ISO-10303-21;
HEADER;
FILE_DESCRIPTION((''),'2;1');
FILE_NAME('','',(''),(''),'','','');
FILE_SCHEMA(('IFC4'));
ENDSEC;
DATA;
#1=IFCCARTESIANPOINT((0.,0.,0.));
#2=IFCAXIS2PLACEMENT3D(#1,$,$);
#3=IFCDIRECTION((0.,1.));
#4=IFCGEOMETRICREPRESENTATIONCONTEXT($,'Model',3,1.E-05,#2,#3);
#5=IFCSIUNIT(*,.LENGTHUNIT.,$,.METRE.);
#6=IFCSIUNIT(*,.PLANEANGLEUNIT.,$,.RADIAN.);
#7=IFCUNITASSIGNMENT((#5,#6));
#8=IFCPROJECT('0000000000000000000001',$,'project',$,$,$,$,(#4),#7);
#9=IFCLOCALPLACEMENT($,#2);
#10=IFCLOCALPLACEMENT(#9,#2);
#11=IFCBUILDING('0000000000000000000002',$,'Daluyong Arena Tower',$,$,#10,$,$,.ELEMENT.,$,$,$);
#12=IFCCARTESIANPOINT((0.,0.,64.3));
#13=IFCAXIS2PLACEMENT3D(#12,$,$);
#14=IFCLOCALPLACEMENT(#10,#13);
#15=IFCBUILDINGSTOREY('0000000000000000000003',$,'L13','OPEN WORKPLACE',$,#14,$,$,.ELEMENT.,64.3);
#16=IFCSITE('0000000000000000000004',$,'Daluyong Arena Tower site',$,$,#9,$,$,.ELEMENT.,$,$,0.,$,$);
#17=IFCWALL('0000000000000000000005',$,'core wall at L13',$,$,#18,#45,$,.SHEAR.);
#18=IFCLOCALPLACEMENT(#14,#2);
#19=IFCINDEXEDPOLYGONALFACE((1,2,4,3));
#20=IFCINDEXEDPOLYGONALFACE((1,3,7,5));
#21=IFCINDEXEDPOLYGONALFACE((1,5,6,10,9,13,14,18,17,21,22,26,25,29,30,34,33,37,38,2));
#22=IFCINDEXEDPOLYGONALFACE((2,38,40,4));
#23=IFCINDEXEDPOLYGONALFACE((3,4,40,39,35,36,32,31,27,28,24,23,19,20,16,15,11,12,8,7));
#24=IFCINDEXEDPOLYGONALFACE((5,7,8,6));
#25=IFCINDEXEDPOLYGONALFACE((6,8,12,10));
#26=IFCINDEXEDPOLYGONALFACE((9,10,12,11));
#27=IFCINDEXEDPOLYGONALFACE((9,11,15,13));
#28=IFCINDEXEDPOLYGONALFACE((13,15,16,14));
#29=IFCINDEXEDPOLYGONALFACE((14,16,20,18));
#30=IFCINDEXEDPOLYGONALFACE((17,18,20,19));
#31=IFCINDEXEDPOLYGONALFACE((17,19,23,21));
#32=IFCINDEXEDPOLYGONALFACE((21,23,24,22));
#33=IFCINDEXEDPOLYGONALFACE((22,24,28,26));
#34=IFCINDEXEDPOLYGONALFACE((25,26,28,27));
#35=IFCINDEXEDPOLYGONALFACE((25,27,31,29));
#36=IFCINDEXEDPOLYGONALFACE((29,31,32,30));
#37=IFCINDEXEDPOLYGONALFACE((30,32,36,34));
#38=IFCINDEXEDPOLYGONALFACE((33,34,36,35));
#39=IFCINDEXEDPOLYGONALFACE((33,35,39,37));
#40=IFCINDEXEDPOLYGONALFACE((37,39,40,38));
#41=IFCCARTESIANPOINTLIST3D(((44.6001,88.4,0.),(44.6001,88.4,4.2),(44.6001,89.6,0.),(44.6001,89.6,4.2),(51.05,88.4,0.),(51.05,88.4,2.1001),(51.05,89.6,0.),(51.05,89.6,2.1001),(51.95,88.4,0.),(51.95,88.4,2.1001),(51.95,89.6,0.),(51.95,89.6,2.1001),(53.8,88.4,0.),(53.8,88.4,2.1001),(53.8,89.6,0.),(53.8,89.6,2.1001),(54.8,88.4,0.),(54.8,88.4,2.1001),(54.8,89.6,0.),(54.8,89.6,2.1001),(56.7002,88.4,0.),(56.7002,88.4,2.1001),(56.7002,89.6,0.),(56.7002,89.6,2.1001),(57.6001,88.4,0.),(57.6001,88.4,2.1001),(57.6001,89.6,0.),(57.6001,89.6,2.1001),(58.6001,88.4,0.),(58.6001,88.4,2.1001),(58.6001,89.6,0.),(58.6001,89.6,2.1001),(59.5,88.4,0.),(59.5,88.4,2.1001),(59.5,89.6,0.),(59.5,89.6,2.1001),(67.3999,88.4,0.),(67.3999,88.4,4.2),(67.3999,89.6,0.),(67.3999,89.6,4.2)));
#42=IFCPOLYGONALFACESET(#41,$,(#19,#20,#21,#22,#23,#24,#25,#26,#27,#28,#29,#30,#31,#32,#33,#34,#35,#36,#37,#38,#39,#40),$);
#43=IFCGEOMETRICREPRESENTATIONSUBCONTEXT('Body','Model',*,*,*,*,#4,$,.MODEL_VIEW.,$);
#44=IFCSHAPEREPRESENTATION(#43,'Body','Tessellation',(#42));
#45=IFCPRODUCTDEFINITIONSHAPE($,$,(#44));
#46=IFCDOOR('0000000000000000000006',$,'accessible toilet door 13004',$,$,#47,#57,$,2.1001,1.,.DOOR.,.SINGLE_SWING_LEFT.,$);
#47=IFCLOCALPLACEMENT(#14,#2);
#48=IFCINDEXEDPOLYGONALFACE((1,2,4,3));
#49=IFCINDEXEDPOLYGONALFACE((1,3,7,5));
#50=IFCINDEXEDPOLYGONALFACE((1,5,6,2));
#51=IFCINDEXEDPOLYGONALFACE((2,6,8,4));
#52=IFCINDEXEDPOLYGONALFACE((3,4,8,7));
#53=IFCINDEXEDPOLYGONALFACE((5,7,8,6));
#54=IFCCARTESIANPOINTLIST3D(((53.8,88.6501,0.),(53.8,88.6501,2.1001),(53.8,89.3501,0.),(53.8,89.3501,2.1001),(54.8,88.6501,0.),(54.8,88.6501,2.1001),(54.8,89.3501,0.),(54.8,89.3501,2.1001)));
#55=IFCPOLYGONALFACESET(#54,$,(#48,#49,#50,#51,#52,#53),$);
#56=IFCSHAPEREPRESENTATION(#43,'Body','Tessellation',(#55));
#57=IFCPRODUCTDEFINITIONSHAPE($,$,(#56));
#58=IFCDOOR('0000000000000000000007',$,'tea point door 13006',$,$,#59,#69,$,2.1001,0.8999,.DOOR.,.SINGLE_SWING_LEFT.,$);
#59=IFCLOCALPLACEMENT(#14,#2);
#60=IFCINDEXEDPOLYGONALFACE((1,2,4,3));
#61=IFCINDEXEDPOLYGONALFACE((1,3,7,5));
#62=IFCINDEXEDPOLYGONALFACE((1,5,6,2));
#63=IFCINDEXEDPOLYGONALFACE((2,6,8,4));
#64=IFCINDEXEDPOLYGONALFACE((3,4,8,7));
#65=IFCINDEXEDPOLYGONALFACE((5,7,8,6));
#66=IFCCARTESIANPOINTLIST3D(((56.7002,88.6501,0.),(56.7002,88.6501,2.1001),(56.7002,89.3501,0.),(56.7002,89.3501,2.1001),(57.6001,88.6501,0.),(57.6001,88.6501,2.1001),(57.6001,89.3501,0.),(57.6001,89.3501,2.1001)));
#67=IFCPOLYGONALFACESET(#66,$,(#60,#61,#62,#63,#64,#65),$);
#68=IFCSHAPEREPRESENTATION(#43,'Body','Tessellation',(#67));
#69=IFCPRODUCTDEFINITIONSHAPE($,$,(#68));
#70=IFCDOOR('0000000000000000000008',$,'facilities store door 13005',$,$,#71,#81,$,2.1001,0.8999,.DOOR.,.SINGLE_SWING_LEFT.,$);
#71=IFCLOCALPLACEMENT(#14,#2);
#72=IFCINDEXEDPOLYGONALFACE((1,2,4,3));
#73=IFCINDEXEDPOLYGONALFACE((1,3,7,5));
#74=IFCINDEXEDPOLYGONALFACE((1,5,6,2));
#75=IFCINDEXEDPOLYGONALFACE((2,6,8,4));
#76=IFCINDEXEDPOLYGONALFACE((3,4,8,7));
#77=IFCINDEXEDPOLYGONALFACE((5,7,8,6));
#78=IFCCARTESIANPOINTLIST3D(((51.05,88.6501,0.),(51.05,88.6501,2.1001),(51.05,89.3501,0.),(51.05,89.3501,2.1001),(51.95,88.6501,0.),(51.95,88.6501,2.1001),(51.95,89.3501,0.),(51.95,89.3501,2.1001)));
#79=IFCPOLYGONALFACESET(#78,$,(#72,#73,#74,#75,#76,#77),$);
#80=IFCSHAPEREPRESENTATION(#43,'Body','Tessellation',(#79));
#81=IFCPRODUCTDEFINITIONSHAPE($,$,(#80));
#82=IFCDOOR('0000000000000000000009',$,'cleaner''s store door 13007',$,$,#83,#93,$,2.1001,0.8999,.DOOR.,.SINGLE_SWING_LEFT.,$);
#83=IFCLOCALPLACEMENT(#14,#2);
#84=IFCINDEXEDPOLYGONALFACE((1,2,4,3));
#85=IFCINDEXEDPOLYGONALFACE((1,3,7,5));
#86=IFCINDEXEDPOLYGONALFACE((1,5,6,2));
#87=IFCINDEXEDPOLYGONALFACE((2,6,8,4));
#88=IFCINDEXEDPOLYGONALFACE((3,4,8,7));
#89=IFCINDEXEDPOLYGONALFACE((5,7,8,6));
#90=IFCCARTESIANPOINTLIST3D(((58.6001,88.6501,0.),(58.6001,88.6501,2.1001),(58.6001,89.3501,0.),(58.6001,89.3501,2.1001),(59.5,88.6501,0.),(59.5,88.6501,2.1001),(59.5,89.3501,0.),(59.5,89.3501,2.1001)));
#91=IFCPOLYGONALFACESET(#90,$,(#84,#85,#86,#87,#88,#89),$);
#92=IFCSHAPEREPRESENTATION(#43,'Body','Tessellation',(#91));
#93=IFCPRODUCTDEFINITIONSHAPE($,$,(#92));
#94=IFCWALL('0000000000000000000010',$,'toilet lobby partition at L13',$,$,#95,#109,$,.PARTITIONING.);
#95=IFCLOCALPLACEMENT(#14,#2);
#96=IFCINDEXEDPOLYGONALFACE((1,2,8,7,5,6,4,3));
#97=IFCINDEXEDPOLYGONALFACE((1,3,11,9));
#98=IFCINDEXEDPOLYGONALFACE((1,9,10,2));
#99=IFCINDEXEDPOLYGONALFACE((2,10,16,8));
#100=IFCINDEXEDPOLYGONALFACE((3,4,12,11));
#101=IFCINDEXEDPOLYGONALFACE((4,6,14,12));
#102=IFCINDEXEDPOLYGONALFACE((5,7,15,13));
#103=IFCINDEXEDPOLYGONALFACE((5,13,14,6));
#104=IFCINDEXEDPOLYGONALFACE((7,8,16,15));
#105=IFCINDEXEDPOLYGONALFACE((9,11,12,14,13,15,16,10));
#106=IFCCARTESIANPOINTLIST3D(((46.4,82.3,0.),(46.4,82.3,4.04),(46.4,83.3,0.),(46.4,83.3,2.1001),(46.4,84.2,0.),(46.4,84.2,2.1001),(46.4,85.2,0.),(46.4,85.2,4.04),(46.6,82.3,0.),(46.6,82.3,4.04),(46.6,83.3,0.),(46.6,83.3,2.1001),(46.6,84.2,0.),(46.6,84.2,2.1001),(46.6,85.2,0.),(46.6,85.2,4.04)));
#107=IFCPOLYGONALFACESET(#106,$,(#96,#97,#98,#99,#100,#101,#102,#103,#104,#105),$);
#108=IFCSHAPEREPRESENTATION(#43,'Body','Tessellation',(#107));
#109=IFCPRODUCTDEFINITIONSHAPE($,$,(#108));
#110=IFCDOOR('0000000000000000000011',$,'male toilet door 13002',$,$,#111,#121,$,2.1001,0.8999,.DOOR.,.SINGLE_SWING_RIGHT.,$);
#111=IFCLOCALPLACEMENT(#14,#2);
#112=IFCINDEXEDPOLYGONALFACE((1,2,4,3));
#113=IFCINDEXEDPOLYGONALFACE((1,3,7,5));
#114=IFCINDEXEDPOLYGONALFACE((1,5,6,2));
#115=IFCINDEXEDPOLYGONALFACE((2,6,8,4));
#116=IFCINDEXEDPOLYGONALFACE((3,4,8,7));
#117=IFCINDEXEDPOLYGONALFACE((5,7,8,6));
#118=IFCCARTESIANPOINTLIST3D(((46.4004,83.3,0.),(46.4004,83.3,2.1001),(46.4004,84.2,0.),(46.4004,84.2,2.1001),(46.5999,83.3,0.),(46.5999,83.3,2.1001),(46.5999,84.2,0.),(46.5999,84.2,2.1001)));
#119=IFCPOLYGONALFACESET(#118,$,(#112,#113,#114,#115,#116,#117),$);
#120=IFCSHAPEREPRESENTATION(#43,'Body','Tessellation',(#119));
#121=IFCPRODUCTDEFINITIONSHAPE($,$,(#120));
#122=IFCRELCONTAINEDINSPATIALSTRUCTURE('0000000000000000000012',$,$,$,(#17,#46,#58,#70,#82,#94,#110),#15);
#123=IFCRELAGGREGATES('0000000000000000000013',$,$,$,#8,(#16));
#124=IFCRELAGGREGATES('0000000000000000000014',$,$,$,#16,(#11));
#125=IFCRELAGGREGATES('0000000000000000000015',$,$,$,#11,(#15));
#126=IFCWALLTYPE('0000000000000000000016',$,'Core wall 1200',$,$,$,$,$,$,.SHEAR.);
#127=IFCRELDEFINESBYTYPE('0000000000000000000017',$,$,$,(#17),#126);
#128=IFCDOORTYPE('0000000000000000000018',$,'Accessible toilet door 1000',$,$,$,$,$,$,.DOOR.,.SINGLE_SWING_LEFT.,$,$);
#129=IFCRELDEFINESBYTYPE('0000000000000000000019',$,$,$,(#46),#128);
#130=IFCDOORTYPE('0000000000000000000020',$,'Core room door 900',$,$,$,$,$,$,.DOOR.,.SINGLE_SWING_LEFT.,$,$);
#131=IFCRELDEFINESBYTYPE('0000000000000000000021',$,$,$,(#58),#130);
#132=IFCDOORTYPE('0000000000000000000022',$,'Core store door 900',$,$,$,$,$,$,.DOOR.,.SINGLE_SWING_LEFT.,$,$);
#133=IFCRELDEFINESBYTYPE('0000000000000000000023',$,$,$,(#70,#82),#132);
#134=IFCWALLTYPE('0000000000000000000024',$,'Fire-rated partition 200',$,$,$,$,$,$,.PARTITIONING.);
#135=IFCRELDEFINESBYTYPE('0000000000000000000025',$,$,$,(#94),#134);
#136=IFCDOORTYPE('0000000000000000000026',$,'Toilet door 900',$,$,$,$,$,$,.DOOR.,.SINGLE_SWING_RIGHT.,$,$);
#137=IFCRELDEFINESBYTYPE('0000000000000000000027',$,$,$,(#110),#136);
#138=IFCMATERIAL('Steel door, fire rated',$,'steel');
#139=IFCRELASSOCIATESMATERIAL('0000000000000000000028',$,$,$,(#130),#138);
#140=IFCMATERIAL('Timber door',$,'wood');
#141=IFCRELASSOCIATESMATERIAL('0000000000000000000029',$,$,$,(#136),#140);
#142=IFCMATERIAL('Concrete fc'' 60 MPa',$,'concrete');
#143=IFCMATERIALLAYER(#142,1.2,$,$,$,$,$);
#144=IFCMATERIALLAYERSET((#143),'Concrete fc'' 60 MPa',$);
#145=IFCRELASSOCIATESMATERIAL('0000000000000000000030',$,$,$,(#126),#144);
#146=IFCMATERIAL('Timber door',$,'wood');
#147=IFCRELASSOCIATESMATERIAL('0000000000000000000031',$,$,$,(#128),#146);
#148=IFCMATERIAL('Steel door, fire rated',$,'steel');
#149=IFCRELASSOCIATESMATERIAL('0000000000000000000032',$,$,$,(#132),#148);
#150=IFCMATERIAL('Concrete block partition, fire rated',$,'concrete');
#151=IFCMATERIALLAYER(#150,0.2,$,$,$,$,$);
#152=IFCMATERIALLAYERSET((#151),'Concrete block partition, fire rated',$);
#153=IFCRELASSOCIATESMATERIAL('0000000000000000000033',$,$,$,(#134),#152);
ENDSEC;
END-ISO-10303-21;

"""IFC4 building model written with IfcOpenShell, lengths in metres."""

from ifc_helpers import new_model, si_unit, direction, frame, frame_2d, origin, place, context, subcontext, project, spatial, rectangle, extrude, material, layer, layer_set, type_object, element, fill, save


model = new_model("IFC4")

# Units and contexts
model_context = context("Model", 3, precision=1e-05, world=origin(), true_north=direction((0.0, 1.0)))
body_context = subcontext(model_context, "Body", "Model", "MODEL_VIEW")
ifc_project = project(units=[si_unit("LENGTHUNIT", "METRE"), si_unit("PLANEANGLEUNIT", "RADIAN")], contexts=[model_context])

# Site, building, storey
site_placement = place(None, origin())
site = spatial("IfcSite", under=ifc_project, at=site_placement, Name="Daluyong Arena Tower site", CompositionType="ELEMENT", RefElevation=0.0)
building_placement = place(site_placement, origin())
building = spatial("IfcBuilding", under=site, at=building_placement, Name="Daluyong Arena Tower", CompositionType="ELEMENT")
storey_placement = place(building_placement, frame((0.0, 0.0, 64.3)))
storey = spatial("IfcBuildingStorey", under=building, at=storey_placement, Name="L13", Description="OPEN WORKPLACE", CompositionType="ELEMENT", Elevation=64.3)

# Shared definitions
ifc_material_1 = material(Name="Steel door, fire rated", Category="steel")
door_type_1 = type_object("IfcDoorType", Name="Core room door 900", OperationType="SINGLE_SWING_LEFT", PredefinedType="DOOR", material=ifc_material_1)
ifc_material_2 = material(Name="Timber door", Category="wood")
door_type_2 = type_object("IfcDoorType", Name="Toilet door 900", OperationType="SINGLE_SWING_RIGHT", PredefinedType="DOOR", material=ifc_material_2)

# Wall, openings, doors
ifc_material_3 = material(Name="Concrete fc' 60 MPa", Category="concrete")
ifc_layer_1 = layer(ifc_material_3, 1.2)
ifc_layer_set_1 = layer_set([ifc_layer_1], Name="Concrete fc' 60 MPa")
wall_type_1 = type_object("IfcWallType", Name="Core wall 1200", PredefinedType="SHEAR", material=ifc_layer_set_1)
wall_1_placement = place(storey_placement, frame((44.6001, 89.0, 0.0), z_axis=(0.0, 0.0, 1.0), x_axis=(1.0, 0.0, 0.0)))
wall_1 = element("IfcWall", 1, at=wall_1_placement, inside=storey, type_object=wall_type_1, Name="core wall at L13", PredefinedType="SHEAR", context=body_context, shape_type="SweptSolid", body=[
    extrude(rectangle(XDim=22.7998, YDim=1.2, at=frame_2d((11.3999, 0.0))), origin(), (0.0, 0.0, 1.0), 4.2),
])
opening_1_placement = place(wall_1_placement, frame((9.2, 0.0, 0.0)))
opening_1 = element("IfcOpeningElement", 2, at=opening_1_placement, cuts=wall_1, PredefinedType="OPENING", context=body_context, shape_type="SweptSolid", body=[
    extrude(rectangle(XDim=1.0, YDim=2.1001, at=frame_2d((0.5, 1.05))), frame((0.0, 0.6099, 0.0), z_axis=(0.0, -1.0, 0.0), x_axis=(1.0, 0.0, 0.0)), (0.0, 0.0, 1.0), 1.22),
])
opening_2_placement = place(wall_1_placement, frame((6.45, 0.0, 0.0)))
opening_2 = element("IfcOpeningElement", 3, at=opening_2_placement, cuts=wall_1, PredefinedType="OPENING", context=body_context, shape_type="SweptSolid", body=[
    extrude(rectangle(XDim=0.8999, YDim=2.1001, at=frame_2d((0.45, 1.05))), frame((0.0, 0.6099, 0.0), z_axis=(0.0, -1.0, 0.0), x_axis=(1.0, 0.0, 0.0)), (0.0, 0.0, 1.0), 1.22),
])
opening_3_placement = place(wall_1_placement, frame((12.1001, 0.0, 0.0)))
opening_3 = element("IfcOpeningElement", 4, at=opening_3_placement, cuts=wall_1, PredefinedType="OPENING", context=body_context, shape_type="SweptSolid", body=[
    extrude(rectangle(XDim=0.8999, YDim=2.1001, at=frame_2d((0.45, 1.05))), frame((0.0, 0.6099, 0.0), z_axis=(0.0, -1.0, 0.0), x_axis=(1.0, 0.0, 0.0)), (0.0, 0.0, 1.0), 1.22),
])
opening_4_placement = place(wall_1_placement, frame((14.0, 0.0, 0.0)))
opening_4 = element("IfcOpeningElement", 5, at=opening_4_placement, cuts=wall_1, PredefinedType="OPENING", context=body_context, shape_type="SweptSolid", body=[
    extrude(rectangle(XDim=0.8999, YDim=2.1001, at=frame_2d((0.45, 1.05))), frame((0.0, 0.6099, 0.0), z_axis=(0.0, -1.0, 0.0), x_axis=(1.0, 0.0, 0.0)), (0.0, 0.0, 1.0), 1.22),
])
ifc_material_4 = material(Name="Timber door", Category="wood")
door_type_3 = type_object("IfcDoorType", Name="Accessible toilet door 1000", OperationType="SINGLE_SWING_LEFT", PredefinedType="DOOR", material=ifc_material_4)
door_1_placement = place(opening_1_placement, origin())
door_1 = element("IfcDoor", 6, at=door_1_placement, inside=storey, type_object=door_type_3, Name="accessible toilet door 13004", OperationType="SINGLE_SWING_LEFT", OverallHeight=2.1001, OverallWidth=1.0, PredefinedType="DOOR", context=body_context, shape_type="SweptSolid", body=[
    extrude(rectangle(XDim=1.0, YDim=2.1001, at=frame_2d((0.5, 1.05))), frame((0.0, 0.3501, 0.0), z_axis=(0.0, -1.0, 0.0), x_axis=(1.0, 0.0, 0.0)), (0.0, 0.0, 1.0), 0.7),
])
fill(opening_1, door_1)
door_2_placement = place(opening_3_placement, origin())
door_2 = element("IfcDoor", 7, at=door_2_placement, inside=storey, type_object=door_type_1, Name="tea point door 13006", OperationType="SINGLE_SWING_LEFT", OverallHeight=2.1001, OverallWidth=0.8999, PredefinedType="DOOR", context=body_context, shape_type="SweptSolid", body=[
    extrude(rectangle(XDim=0.8999, YDim=2.1001, at=frame_2d((0.45, 1.05))), frame((0.0, 0.3501, 0.0), z_axis=(0.0, -1.0, 0.0), x_axis=(1.0, 0.0, 0.0)), (0.0, 0.0, 1.0), 0.7),
])
fill(opening_3, door_2)
ifc_material_5 = material(Name="Steel door, fire rated", Category="steel")
door_type_4 = type_object("IfcDoorType", Name="Core store door 900", OperationType="SINGLE_SWING_LEFT", PredefinedType="DOOR", material=ifc_material_5)
door_3_placement = place(opening_2_placement, origin())
door_3 = element("IfcDoor", 8, at=door_3_placement, inside=storey, type_object=door_type_4, Name="facilities store door 13005", OperationType="SINGLE_SWING_LEFT", OverallHeight=2.1001, OverallWidth=0.8999, PredefinedType="DOOR", context=body_context, shape_type="SweptSolid", body=[
    extrude(rectangle(XDim=0.8999, YDim=2.1001, at=frame_2d((0.45, 1.05))), frame((0.0, 0.3501, 0.0), z_axis=(0.0, -1.0, 0.0), x_axis=(1.0, 0.0, 0.0)), (0.0, 0.0, 1.0), 0.7),
])
fill(opening_2, door_3)
door_4_placement = place(opening_4_placement, origin())
door_4 = element("IfcDoor", 9, at=door_4_placement, inside=storey, type_object=door_type_4, Name="cleaner's store door 13007", OperationType="SINGLE_SWING_LEFT", OverallHeight=2.1001, OverallWidth=0.8999, PredefinedType="DOOR", context=body_context, shape_type="SweptSolid", body=[
    extrude(rectangle(XDim=0.8999, YDim=2.1001, at=frame_2d((0.45, 1.05))), frame((0.0, 0.3501, 0.0), z_axis=(0.0, -1.0, 0.0), x_axis=(1.0, 0.0, 0.0)), (0.0, 0.0, 1.0), 0.7),
])
fill(opening_4, door_4)

# Wall, opening, door
ifc_material_6 = material(Name="Concrete block partition, fire rated", Category="concrete")
ifc_layer_2 = layer(ifc_material_6, 0.2)
ifc_layer_set_2 = layer_set([ifc_layer_2], Name="Concrete block partition, fire rated")
wall_type_2 = type_object("IfcWallType", Name="Fire-rated partition 200", PredefinedType="PARTITIONING", material=ifc_layer_set_2)
wall_2_placement = place(storey_placement, frame((46.5, 82.3, 0.0), z_axis=(0.0, 0.0, 1.0), x_axis=(0.0, 1.0, 0.0)))
wall_2 = element("IfcWall", 10, at=wall_2_placement, inside=storey, type_object=wall_type_2, Name="toilet lobby partition at L13", PredefinedType="PARTITIONING", context=body_context, shape_type="SweptSolid", body=[
    extrude(rectangle(XDim=2.8999, YDim=0.2, at=frame_2d((1.45, 0.0))), origin(), (0.0, 0.0, 1.0), 4.04),
])
opening_5_placement = place(wall_2_placement, frame((1.0, 0.0, 0.0)))
opening_5 = element("IfcOpeningElement", 11, at=opening_5_placement, cuts=wall_2, PredefinedType="OPENING", context=body_context, shape_type="SweptSolid", body=[
    extrude(rectangle(XDim=0.8999, YDim=2.1001, at=frame_2d((0.45, 1.05))), frame((0.0, 0.1099, 0.0), z_axis=(0.0, -1.0, 0.0), x_axis=(1.0, 0.0, 0.0)), (0.0, 0.0, 1.0), 0.22),
])
door_5_placement = place(opening_5_placement, origin())
door_5 = element("IfcDoor", 12, at=door_5_placement, inside=storey, type_object=door_type_2, Name="male toilet door 13002", OperationType="SINGLE_SWING_RIGHT", OverallHeight=2.1001, OverallWidth=0.8999, PredefinedType="DOOR", context=body_context, shape_type="SweptSolid", body=[
    extrude(rectangle(XDim=0.8999, YDim=2.1001, at=frame_2d((0.45, 1.05))), frame((0.0, 0.0996, 0.0), z_axis=(0.0, -1.0, 0.0), x_axis=(1.0, 0.0, 0.0)), (0.0, 0.0, 1.0), 0.1995),
])
fill(opening_5, door_5)

save(model, "model.ifc")
